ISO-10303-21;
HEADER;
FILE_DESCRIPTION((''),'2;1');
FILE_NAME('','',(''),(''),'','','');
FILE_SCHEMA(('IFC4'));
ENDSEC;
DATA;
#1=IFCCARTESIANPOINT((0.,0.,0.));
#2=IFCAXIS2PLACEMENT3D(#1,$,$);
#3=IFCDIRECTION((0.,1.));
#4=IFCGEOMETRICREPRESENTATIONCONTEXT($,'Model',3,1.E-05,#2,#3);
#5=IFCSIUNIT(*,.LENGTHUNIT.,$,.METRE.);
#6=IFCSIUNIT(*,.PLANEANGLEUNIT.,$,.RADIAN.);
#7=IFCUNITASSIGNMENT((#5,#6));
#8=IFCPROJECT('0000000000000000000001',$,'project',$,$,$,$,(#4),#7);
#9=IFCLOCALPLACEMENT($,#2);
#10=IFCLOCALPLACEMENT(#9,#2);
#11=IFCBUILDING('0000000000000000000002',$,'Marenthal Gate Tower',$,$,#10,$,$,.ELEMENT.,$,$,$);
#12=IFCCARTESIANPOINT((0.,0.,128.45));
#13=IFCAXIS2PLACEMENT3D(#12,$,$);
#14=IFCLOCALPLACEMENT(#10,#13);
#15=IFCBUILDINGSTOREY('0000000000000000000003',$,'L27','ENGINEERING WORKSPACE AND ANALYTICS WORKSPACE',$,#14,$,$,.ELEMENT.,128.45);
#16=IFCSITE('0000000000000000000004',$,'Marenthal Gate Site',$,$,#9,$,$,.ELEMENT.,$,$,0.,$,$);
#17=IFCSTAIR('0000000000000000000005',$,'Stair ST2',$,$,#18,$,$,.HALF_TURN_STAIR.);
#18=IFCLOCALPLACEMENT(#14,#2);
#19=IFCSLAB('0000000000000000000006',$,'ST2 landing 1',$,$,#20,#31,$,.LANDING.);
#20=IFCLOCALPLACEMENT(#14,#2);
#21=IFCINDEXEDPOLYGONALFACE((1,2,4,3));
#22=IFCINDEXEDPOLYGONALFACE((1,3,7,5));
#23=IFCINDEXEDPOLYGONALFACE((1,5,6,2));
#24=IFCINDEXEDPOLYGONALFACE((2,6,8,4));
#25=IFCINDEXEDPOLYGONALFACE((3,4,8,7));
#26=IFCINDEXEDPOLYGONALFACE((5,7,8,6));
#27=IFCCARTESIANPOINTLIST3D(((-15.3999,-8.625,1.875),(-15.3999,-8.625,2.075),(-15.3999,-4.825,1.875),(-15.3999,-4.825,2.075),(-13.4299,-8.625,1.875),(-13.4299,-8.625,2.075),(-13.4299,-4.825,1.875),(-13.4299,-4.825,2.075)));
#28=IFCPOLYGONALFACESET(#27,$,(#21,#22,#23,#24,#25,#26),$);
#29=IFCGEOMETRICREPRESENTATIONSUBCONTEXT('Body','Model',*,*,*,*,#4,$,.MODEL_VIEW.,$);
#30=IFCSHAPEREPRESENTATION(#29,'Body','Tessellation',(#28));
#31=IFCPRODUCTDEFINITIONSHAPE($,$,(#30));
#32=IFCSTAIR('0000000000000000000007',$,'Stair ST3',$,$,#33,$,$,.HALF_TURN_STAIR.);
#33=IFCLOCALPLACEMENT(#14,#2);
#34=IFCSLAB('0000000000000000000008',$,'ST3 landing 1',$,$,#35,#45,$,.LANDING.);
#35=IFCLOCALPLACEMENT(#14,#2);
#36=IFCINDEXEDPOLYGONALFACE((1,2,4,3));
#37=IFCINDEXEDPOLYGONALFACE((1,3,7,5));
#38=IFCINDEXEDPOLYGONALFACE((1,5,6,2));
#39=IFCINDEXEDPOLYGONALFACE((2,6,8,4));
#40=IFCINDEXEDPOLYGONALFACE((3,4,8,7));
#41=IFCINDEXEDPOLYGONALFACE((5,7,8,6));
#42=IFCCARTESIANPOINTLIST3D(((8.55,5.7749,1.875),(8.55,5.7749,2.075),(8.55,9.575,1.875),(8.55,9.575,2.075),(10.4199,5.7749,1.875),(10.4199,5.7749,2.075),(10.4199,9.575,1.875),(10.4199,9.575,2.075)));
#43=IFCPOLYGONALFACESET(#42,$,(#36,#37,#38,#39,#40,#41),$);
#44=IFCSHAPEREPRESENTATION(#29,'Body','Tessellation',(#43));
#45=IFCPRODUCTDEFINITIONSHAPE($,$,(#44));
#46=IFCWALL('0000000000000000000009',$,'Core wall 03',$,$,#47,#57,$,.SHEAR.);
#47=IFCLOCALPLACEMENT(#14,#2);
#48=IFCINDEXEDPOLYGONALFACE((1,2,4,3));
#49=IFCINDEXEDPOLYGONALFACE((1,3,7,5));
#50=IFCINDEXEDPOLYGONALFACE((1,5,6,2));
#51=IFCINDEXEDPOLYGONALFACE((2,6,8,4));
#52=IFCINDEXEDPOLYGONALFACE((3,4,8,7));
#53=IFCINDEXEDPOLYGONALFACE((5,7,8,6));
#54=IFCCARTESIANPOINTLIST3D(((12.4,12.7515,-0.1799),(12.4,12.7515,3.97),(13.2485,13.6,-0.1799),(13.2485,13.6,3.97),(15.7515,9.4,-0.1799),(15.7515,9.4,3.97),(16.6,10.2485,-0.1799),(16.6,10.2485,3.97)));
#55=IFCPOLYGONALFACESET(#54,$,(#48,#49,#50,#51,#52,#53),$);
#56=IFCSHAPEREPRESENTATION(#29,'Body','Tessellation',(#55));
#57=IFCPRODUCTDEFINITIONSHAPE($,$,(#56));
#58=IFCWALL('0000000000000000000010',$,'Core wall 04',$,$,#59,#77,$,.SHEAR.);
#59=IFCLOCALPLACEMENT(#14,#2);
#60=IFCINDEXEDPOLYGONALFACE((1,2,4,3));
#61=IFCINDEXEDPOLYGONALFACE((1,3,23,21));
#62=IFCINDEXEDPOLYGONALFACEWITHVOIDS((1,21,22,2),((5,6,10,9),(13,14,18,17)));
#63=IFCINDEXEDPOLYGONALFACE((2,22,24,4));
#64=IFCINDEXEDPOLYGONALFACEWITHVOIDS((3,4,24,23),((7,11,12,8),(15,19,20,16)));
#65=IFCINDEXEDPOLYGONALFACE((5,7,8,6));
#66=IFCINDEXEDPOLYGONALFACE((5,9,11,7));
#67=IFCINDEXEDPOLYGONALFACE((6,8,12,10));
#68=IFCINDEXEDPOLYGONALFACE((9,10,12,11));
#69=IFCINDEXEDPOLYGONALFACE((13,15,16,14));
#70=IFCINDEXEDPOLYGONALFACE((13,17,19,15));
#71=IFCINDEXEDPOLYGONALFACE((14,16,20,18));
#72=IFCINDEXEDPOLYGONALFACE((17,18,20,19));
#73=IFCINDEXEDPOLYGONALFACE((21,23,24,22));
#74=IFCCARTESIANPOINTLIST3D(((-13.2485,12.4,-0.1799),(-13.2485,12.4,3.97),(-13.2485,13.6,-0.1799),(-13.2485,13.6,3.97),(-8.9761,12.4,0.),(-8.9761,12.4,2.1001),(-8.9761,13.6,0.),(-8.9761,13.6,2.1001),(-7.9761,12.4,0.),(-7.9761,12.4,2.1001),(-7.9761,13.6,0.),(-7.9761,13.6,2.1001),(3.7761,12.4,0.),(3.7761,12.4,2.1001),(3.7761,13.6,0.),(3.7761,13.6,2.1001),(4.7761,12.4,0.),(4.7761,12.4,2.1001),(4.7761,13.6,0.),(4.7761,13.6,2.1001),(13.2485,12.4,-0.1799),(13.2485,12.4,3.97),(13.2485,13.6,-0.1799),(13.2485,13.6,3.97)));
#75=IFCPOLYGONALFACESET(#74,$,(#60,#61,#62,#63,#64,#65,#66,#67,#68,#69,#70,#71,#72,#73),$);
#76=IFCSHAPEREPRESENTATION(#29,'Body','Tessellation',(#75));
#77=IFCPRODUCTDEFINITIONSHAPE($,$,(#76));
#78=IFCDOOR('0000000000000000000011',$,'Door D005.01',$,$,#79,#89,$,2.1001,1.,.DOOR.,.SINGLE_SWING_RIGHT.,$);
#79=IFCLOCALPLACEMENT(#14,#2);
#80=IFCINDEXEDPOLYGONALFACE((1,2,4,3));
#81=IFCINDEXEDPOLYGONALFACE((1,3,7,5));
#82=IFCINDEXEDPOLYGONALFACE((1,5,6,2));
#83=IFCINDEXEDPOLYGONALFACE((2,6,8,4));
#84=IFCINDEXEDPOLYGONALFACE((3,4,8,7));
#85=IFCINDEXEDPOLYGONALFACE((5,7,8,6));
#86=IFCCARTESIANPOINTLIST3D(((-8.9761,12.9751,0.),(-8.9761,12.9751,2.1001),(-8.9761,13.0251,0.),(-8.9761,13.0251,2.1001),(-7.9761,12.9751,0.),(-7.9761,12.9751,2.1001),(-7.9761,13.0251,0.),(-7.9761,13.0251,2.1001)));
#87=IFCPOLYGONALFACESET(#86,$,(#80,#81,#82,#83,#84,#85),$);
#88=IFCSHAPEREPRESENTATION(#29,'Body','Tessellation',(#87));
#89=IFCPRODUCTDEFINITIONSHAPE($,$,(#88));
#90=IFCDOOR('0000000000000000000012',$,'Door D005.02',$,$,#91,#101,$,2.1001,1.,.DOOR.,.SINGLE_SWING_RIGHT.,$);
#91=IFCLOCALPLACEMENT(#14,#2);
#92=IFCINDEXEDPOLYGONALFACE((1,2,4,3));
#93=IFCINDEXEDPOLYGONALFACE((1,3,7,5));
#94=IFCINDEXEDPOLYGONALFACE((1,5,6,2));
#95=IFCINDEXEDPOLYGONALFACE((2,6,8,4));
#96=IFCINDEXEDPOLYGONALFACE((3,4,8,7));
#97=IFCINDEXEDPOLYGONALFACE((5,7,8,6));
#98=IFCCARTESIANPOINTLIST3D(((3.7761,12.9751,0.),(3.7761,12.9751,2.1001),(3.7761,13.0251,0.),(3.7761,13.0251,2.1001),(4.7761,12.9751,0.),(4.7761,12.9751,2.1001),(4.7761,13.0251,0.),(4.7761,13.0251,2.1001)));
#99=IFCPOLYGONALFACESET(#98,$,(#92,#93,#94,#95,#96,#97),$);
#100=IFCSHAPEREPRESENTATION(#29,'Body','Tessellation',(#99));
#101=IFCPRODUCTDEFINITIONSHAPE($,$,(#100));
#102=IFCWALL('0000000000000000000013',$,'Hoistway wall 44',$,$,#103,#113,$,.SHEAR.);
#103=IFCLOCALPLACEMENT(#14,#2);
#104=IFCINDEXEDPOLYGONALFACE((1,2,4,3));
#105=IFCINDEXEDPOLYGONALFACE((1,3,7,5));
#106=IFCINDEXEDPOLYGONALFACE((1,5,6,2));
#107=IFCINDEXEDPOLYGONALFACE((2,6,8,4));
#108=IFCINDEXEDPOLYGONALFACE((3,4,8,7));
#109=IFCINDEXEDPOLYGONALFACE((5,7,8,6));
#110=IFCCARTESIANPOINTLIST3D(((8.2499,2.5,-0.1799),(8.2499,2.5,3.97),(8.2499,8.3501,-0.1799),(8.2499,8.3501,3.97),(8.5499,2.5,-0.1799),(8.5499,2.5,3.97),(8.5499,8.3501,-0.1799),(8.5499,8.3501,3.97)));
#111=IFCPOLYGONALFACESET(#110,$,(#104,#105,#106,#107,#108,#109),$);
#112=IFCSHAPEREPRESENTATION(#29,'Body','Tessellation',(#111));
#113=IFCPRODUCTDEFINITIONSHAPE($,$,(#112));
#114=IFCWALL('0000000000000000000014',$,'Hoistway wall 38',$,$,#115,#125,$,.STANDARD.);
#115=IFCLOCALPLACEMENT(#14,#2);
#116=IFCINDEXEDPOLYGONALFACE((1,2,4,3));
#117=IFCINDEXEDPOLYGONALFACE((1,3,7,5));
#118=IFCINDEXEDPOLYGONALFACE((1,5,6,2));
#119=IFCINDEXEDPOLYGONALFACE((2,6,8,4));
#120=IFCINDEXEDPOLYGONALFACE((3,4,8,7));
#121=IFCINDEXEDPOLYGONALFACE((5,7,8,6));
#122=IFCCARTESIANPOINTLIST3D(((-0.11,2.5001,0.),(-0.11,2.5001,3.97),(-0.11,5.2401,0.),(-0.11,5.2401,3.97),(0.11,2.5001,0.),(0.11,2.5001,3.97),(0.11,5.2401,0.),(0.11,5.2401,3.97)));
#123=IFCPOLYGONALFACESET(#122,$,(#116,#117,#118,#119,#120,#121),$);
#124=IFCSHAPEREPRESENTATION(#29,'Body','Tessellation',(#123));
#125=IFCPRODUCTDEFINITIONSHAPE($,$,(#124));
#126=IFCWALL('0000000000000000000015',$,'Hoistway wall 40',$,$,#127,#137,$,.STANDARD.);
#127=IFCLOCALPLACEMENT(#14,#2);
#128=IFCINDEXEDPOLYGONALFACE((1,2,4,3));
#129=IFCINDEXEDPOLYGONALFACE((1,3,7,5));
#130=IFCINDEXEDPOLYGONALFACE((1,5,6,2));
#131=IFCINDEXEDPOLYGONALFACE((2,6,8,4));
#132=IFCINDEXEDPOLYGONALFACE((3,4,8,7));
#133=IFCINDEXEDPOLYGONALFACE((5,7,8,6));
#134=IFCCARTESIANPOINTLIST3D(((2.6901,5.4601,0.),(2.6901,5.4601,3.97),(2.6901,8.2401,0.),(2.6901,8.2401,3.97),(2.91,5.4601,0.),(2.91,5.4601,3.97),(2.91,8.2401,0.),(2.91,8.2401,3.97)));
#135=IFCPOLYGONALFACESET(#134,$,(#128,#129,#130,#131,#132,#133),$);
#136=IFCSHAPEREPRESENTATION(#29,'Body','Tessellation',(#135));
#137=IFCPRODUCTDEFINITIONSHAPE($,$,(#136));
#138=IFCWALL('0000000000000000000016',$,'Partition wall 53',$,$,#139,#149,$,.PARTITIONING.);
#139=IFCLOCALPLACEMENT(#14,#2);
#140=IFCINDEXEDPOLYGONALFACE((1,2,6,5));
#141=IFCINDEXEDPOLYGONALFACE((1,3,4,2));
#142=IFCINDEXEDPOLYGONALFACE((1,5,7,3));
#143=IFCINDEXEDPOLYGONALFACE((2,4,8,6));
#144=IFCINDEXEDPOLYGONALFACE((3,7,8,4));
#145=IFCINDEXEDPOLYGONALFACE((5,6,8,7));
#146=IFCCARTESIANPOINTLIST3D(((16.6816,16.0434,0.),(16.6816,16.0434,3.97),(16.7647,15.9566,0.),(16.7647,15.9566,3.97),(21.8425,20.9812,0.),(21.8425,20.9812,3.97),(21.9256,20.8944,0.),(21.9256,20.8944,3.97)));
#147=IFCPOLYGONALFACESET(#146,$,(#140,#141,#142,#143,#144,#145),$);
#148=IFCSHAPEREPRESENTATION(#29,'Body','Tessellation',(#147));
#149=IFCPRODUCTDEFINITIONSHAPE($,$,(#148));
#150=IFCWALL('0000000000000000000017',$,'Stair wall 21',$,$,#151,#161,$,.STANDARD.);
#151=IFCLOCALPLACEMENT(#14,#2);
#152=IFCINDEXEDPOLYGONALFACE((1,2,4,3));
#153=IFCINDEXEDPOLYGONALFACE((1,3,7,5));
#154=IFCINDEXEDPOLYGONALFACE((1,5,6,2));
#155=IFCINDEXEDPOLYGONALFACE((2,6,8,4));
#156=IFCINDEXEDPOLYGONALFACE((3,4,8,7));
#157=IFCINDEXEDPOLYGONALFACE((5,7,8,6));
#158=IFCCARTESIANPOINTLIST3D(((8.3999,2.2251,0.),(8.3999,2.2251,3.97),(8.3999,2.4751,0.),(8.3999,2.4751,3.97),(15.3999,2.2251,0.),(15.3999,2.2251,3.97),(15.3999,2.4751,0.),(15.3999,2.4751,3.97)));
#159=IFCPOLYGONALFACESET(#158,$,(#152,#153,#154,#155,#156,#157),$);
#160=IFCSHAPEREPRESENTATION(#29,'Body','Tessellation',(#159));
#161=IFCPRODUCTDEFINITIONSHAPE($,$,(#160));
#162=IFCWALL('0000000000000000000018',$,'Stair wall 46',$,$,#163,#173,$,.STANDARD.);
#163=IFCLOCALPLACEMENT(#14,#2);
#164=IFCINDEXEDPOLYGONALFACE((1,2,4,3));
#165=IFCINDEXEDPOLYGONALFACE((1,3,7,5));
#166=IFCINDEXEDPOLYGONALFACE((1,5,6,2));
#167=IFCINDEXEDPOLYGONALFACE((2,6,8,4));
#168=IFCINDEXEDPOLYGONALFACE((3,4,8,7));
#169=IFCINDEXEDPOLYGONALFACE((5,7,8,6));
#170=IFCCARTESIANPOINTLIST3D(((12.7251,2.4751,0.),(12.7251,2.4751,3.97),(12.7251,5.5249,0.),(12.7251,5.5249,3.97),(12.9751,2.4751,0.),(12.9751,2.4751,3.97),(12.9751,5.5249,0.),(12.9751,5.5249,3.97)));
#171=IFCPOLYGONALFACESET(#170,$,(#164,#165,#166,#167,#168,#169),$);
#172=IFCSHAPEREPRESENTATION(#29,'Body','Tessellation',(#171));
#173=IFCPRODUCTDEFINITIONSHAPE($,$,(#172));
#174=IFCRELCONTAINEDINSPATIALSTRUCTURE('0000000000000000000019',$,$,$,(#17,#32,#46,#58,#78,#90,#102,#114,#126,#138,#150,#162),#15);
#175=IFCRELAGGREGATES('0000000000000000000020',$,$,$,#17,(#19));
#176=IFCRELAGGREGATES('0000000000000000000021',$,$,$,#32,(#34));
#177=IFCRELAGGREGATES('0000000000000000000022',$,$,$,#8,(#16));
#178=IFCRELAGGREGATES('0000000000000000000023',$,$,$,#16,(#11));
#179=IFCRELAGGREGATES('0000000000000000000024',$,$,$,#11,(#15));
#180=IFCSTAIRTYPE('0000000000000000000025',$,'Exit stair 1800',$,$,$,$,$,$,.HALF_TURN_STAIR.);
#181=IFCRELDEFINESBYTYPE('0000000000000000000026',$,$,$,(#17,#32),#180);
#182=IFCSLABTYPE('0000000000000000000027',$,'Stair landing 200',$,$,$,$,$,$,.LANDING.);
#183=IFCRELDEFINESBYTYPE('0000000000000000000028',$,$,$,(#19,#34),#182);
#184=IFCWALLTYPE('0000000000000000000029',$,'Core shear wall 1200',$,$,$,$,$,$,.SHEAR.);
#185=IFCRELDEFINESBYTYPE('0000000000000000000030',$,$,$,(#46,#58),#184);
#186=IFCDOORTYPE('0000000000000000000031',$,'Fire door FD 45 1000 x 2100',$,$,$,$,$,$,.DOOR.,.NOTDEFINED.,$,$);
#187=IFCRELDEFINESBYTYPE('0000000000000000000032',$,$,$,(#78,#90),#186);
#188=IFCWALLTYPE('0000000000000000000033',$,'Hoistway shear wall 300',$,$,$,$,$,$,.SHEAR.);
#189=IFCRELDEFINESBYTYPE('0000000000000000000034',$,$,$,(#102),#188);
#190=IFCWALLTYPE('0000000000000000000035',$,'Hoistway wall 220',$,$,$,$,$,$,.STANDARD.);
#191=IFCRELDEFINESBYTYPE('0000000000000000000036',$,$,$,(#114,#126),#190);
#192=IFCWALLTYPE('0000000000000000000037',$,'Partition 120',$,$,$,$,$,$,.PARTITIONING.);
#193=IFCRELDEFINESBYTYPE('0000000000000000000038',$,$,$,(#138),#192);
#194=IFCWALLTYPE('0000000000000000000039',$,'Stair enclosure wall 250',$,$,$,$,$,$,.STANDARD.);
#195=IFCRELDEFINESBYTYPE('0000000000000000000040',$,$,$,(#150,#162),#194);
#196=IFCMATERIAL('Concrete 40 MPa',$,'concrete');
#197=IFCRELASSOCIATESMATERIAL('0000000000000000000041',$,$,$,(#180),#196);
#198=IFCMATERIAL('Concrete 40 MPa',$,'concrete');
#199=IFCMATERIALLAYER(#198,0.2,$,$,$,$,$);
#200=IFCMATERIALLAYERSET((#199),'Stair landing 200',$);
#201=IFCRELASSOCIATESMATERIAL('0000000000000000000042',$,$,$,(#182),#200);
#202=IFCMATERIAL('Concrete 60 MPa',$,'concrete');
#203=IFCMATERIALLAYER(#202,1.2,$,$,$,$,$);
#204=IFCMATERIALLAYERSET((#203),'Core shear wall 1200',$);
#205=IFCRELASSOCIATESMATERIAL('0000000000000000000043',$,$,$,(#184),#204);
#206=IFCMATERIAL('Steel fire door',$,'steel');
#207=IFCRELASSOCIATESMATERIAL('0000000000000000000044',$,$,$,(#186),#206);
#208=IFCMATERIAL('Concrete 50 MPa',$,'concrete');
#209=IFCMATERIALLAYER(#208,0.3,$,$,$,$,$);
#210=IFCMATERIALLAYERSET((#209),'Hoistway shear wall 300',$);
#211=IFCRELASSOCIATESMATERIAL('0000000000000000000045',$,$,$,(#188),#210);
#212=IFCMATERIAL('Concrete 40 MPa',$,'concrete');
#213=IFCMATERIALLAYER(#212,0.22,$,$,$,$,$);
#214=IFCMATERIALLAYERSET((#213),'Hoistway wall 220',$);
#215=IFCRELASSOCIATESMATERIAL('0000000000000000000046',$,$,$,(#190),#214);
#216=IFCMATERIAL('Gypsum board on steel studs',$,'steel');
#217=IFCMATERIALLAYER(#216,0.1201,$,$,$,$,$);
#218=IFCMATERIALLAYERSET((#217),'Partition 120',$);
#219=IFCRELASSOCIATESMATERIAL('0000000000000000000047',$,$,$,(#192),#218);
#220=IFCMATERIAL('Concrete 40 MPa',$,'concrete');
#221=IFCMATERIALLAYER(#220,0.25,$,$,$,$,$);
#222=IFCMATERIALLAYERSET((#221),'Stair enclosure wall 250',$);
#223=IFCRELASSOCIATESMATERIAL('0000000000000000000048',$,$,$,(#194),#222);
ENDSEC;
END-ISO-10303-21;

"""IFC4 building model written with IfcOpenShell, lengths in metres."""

from ifc_helpers import new_model, si_unit, direction, frame, frame_2d, origin, place, context, subcontext, project, spatial, polyline, rectangle, outline, extrude, material, layer, layer_set, type_object, element, fill, aggregate, save


model = new_model("IFC4")

# Units and contexts
model_context = context("Model", 3, precision=1e-05, world=origin(), true_north=direction((0.0, 1.0)))
body_context = subcontext(model_context, "Body", "Model", "MODEL_VIEW")
ifc_project = project(units=[si_unit("LENGTHUNIT", "METRE"), si_unit("PLANEANGLEUNIT", "RADIAN")], contexts=[model_context])

# Site, building, storey
site_placement = place(None, origin())
site = spatial("IfcSite", under=ifc_project, at=site_placement, Name="Marenthal Gate Site", CompositionType="ELEMENT", RefElevation=0.0)
building_placement = place(site_placement, origin())
building = spatial("IfcBuilding", under=site, at=building_placement, Name="Marenthal Gate Tower", CompositionType="ELEMENT")
storey_placement = place(building_placement, frame((0.0, 0.0, 128.45)))
storey = spatial("IfcBuildingStorey", under=building, at=storey_placement, Name="L27", Description="ENGINEERING WORKSPACE AND ANALYTICS WORKSPACE", CompositionType="ELEMENT", Elevation=128.45)

# Stairs, slabs
ifc_material_1 = material(Name="Concrete 40 MPa", Category="concrete")
stair_type = type_object("IfcStairType", Name="Exit stair 1800", PredefinedType="HALF_TURN_STAIR", material=ifc_material_1)
ifc_material_2 = material(Name="Concrete 40 MPa", Category="concrete")
ifc_layer_1 = layer(ifc_material_2, 0.2)
ifc_layer_set_1 = layer_set([ifc_layer_1], Name="Stair landing 200")
slab_type_1 = type_object("IfcSlabType", Name="Stair landing 200", PredefinedType="LANDING", material=ifc_layer_set_1)
stair_1_placement = place(storey_placement, origin())
stair_1 = element("IfcStair", 1, at=stair_1_placement, inside=storey, type_object=stair_type, Name="Stair ST2", PredefinedType="HALF_TURN_STAIR")
slab_1_placement = place(storey_placement, frame((0.0, 0.0, 1.875)))
slab_1 = element("IfcSlab", 2, at=slab_1_placement, type_object=slab_type_1, Name="ST2 landing 1", PredefinedType="LANDING", context=body_context, shape_type="SweptSolid", body=[
    extrude(outline(polyline([(-15.3999, -8.625), (-13.4299, -8.625), (-13.4299, -4.825), (-15.3999, -4.825), (-15.3999, -8.625)])), origin(), (0.0, 0.0, 1.0), 0.2),
])
aggregate(stair_1, [slab_1])
stair_2_placement = place(storey_placement, origin())
stair_2 = element("IfcStair", 3, at=stair_2_placement, inside=storey, type_object=stair_type, Name="Stair ST3", PredefinedType="HALF_TURN_STAIR")
slab_2_placement = place(storey_placement, frame((0.0, 0.0, 1.875)))
slab_2 = element("IfcSlab", 4, at=slab_2_placement, type_object=slab_type_1, Name="ST3 landing 1", PredefinedType="LANDING", context=body_context, shape_type="SweptSolid", body=[
    extrude(outline(polyline([(8.55, 5.7749), (10.4199, 5.7749), (10.4199, 9.575), (8.55, 9.575), (8.55, 5.7749)])), origin(), (0.0, 0.0, 1.0), 0.2),
])

# Wall
ifc_material_3 = material(Name="Concrete 60 MPa", Category="concrete")
ifc_layer_2 = layer(ifc_material_3, 1.2)
ifc_layer_set_2 = layer_set([ifc_layer_2], Name="Core shear wall 1200")
wall_type_1 = type_object("IfcWallType", Name="Core shear wall 1200", PredefinedType="SHEAR", material=ifc_layer_set_2)
wall_1_placement = place(storey_placement, frame((16.1758, 9.8242, -0.1799), z_axis=(0.0, 0.0, 1.0), x_axis=(-0.707107, 0.707107, 0.0)))
element("IfcWall", 5, at=wall_1_placement, inside=storey, type_object=wall_type_1, Name="Core wall 03", PredefinedType="SHEAR", context=body_context, shape_type="SweptSolid", body=[
    extrude(rectangle(XDim=4.7397, YDim=1.2, at=frame_2d((2.3699, 0.0))), origin(), (0.0, 0.0, 1.0), 4.1499),
])

# Wall, openings, doors
wall_2_placement = place(storey_placement, frame((13.2485, 13.0, -0.1799), z_axis=(0.0, 0.0, 1.0), x_axis=(-1.0, 0.0, 0.0)))
wall_2 = element("IfcWall", 6, at=wall_2_placement, inside=storey, type_object=wall_type_1, Name="Core wall 04", PredefinedType="SHEAR", context=body_context, shape_type="SweptSolid", body=[
    extrude(rectangle(XDim=26.4971, YDim=1.2, at=frame_2d((13.2485, 0.0))), origin(), (0.0, 0.0, 1.0), 4.1499),
])
opening_1_placement = place(wall_2_placement, frame((21.2246, 0.0, 0.1799)))
opening_1 = element("IfcOpeningElement", 7, at=opening_1_placement, cuts=wall_2, PredefinedType="OPENING", context=body_context, shape_type="SweptSolid", body=[
    extrude(rectangle(XDim=1.0, YDim=2.1001, at=frame_2d((0.5, 1.05))), frame((0.0, 0.6099, 0.0), z_axis=(0.0, -1.0, 0.0), x_axis=(1.0, 0.0, 0.0)), (0.0, 0.0, 1.0), 1.22),
])
opening_2_placement = place(wall_2_placement, frame((8.4724, 0.0, 0.1799)))
opening_2 = element("IfcOpeningElement", 8, at=opening_2_placement, cuts=wall_2, PredefinedType="OPENING", context=body_context, shape_type="SweptSolid", body=[
    extrude(rectangle(XDim=1.0, YDim=2.1001, at=frame_2d((0.5, 1.05))), frame((0.0, 0.6099, 0.0), z_axis=(0.0, -1.0, 0.0), x_axis=(1.0, 0.0, 0.0)), (0.0, 0.0, 1.0), 1.22),
])
ifc_material_4 = material(Name="Steel fire door", Category="steel")
door_type_1 = type_object("IfcDoorType", Name="Fire door FD 45 1000 x 2100", OperationType="NOTDEFINED", PredefinedType="DOOR", material=ifc_material_4)
door_1_placement = place(opening_1_placement, origin())
door_1 = element("IfcDoor", 9, at=door_1_placement, inside=storey, type_object=door_type_1, Name="Door D005.01", OperationType="SINGLE_SWING_RIGHT", OverallHeight=2.1001, OverallWidth=1.0, PredefinedType="DOOR", context=body_context, shape_type="SweptSolid", body=[
    extrude(rectangle(XDim=1.0, YDim=2.1001, at=frame_2d((0.5, 1.05))), frame((0.0, 0.0249, 0.0), z_axis=(0.0, -1.0, 0.0), x_axis=(1.0, 0.0, 0.0)), (0.0, 0.0, 1.0), 0.05),
])
fill(opening_1, door_1)
door_2_placement = place(opening_2_placement, origin())
door_2 = element("IfcDoor", 10, at=door_2_placement, inside=storey, type_object=door_type_1, Name="Door D005.02", OperationType="SINGLE_SWING_RIGHT", OverallHeight=2.1001, OverallWidth=1.0, PredefinedType="DOOR", context=body_context, shape_type="SweptSolid", body=[
    extrude(rectangle(XDim=1.0, YDim=2.1001, at=frame_2d((0.5, 1.05))), frame((0.0, 0.0249, 0.0), z_axis=(0.0, -1.0, 0.0), x_axis=(1.0, 0.0, 0.0)), (0.0, 0.0, 1.0), 0.05),
])
fill(opening_2, door_2)

# Walls
ifc_material_5 = material(Name="Concrete 50 MPa", Category="concrete")
ifc_layer_3 = layer(ifc_material_5, 0.3)
ifc_layer_set_3 = layer_set([ifc_layer_3], Name="Hoistway shear wall 300")
wall_type_2 = type_object("IfcWallType", Name="Hoistway shear wall 300", PredefinedType="SHEAR", material=ifc_layer_set_3)
wall_3_placement = place(storey_placement, frame((8.3999, 2.5, -0.1799), z_axis=(0.0, 0.0, 1.0), x_axis=(0.0, 1.0, 0.0)))
element("IfcWall", 11, at=wall_3_placement, inside=storey, type_object=wall_type_2, Name="Hoistway wall 44", PredefinedType="SHEAR", context=body_context, shape_type="SweptSolid", body=[
    extrude(rectangle(XDim=5.8501, YDim=0.3, at=frame_2d((2.925, 0.0))), origin(), (0.0, 0.0, 1.0), 4.1499),
])
ifc_material_6 = material(Name="Concrete 40 MPa", Category="concrete")
ifc_layer_4 = layer(ifc_material_6, 0.22)
ifc_layer_set_4 = layer_set([ifc_layer_4], Name="Hoistway wall 220")
wall_type_3 = type_object("IfcWallType", Name="Hoistway wall 220", PredefinedType="STANDARD", material=ifc_layer_set_4)
wall_4_placement = place(storey_placement, frame((0.0, 2.5, 0.0), z_axis=(0.0, 0.0, 1.0), x_axis=(0.0, 1.0, 0.0)))
element("IfcWall", 12, at=wall_4_placement, inside=storey, type_object=wall_type_3, Name="Hoistway wall 38", PredefinedType="STANDARD", context=body_context, shape_type="SweptSolid", body=[
    extrude(rectangle(XDim=2.74, YDim=0.22, at=frame_2d((1.3701, 0.0))), origin(), (0.0, 0.0, 1.0), 3.97),
])
wall_5_placement = place(storey_placement, frame((2.8, 5.46, 0.0), z_axis=(0.0, 0.0, 1.0), x_axis=(0.0, 1.0, 0.0)))
element("IfcWall", 13, at=wall_5_placement, inside=storey, type_object=wall_type_3, Name="Hoistway wall 40", PredefinedType="STANDARD", context=body_context, shape_type="SweptSolid", body=[
    extrude(rectangle(XDim=2.78, YDim=0.22, at=frame_2d((1.3901, 0.0))), origin(), (0.0, 0.0, 1.0), 3.97),
])
ifc_material_7 = material(Name="Gypsum board on steel studs", Category="steel")
ifc_layer_5 = layer(ifc_material_7, 0.1201)
ifc_layer_set_5 = layer_set([ifc_layer_5], Name="Partition 120")
wall_type_4 = type_object("IfcWallType", Name="Partition 120", PredefinedType="PARTITIONING", material=ifc_layer_set_5)
wall_6_placement = place(storey_placement, frame((16.7231, 16.0, 0.0), z_axis=(0.0, 0.0, 1.0), x_axis=(0.722555, 0.691313, 0.0)))
element("IfcWall", 14, at=wall_6_placement, inside=storey, type_object=wall_type_4, Name="Partition wall 53", PredefinedType="PARTITIONING", context=body_context, shape_type="SweptSolid", body=[
    extrude(rectangle(XDim=7.1426, YDim=0.1201, at=frame_2d((3.5713, 0.0))), origin(), (0.0, 0.0, 1.0), 3.97),
])
ifc_material_8 = material(Name="Concrete 40 MPa", Category="concrete")
ifc_layer_6 = layer(ifc_material_8, 0.25)
ifc_layer_set_6 = layer_set([ifc_layer_6], Name="Stair enclosure wall 250")
wall_type_5 = type_object("IfcWallType", Name="Stair enclosure wall 250", PredefinedType="STANDARD", material=ifc_layer_set_6)
wall_7_placement = place(storey_placement, frame((8.3999, 2.3501, 0.0), z_axis=(0.0, 0.0, 1.0), x_axis=(1.0, 0.0, 0.0)))
element("IfcWall", 15, at=wall_7_placement, inside=storey, type_object=wall_type_5, Name="Stair wall 21", PredefinedType="STANDARD", context=body_context, shape_type="SweptSolid", body=[
    extrude(rectangle(XDim=7.0, YDim=0.25, at=frame_2d((3.5, 0.0))), origin(), (0.0, 0.0, 1.0), 3.97),
])
wall_8_placement = place(storey_placement, frame((12.8501, 2.4751, 0.0), z_axis=(0.0, 0.0, 1.0), x_axis=(0.0, 1.0, 0.0)))
element("IfcWall", 16, at=wall_8_placement, inside=storey, type_object=wall_type_5, Name="Stair wall 46", PredefinedType="STANDARD", context=body_context, shape_type="SweptSolid", body=[
    extrude(rectangle(XDim=3.0498, YDim=0.25, at=frame_2d((1.5249, 0.0))), origin(), (0.0, 0.0, 1.0), 3.97),
])

aggregate(stair_2, [slab_2])

save(model, "model.ifc")
